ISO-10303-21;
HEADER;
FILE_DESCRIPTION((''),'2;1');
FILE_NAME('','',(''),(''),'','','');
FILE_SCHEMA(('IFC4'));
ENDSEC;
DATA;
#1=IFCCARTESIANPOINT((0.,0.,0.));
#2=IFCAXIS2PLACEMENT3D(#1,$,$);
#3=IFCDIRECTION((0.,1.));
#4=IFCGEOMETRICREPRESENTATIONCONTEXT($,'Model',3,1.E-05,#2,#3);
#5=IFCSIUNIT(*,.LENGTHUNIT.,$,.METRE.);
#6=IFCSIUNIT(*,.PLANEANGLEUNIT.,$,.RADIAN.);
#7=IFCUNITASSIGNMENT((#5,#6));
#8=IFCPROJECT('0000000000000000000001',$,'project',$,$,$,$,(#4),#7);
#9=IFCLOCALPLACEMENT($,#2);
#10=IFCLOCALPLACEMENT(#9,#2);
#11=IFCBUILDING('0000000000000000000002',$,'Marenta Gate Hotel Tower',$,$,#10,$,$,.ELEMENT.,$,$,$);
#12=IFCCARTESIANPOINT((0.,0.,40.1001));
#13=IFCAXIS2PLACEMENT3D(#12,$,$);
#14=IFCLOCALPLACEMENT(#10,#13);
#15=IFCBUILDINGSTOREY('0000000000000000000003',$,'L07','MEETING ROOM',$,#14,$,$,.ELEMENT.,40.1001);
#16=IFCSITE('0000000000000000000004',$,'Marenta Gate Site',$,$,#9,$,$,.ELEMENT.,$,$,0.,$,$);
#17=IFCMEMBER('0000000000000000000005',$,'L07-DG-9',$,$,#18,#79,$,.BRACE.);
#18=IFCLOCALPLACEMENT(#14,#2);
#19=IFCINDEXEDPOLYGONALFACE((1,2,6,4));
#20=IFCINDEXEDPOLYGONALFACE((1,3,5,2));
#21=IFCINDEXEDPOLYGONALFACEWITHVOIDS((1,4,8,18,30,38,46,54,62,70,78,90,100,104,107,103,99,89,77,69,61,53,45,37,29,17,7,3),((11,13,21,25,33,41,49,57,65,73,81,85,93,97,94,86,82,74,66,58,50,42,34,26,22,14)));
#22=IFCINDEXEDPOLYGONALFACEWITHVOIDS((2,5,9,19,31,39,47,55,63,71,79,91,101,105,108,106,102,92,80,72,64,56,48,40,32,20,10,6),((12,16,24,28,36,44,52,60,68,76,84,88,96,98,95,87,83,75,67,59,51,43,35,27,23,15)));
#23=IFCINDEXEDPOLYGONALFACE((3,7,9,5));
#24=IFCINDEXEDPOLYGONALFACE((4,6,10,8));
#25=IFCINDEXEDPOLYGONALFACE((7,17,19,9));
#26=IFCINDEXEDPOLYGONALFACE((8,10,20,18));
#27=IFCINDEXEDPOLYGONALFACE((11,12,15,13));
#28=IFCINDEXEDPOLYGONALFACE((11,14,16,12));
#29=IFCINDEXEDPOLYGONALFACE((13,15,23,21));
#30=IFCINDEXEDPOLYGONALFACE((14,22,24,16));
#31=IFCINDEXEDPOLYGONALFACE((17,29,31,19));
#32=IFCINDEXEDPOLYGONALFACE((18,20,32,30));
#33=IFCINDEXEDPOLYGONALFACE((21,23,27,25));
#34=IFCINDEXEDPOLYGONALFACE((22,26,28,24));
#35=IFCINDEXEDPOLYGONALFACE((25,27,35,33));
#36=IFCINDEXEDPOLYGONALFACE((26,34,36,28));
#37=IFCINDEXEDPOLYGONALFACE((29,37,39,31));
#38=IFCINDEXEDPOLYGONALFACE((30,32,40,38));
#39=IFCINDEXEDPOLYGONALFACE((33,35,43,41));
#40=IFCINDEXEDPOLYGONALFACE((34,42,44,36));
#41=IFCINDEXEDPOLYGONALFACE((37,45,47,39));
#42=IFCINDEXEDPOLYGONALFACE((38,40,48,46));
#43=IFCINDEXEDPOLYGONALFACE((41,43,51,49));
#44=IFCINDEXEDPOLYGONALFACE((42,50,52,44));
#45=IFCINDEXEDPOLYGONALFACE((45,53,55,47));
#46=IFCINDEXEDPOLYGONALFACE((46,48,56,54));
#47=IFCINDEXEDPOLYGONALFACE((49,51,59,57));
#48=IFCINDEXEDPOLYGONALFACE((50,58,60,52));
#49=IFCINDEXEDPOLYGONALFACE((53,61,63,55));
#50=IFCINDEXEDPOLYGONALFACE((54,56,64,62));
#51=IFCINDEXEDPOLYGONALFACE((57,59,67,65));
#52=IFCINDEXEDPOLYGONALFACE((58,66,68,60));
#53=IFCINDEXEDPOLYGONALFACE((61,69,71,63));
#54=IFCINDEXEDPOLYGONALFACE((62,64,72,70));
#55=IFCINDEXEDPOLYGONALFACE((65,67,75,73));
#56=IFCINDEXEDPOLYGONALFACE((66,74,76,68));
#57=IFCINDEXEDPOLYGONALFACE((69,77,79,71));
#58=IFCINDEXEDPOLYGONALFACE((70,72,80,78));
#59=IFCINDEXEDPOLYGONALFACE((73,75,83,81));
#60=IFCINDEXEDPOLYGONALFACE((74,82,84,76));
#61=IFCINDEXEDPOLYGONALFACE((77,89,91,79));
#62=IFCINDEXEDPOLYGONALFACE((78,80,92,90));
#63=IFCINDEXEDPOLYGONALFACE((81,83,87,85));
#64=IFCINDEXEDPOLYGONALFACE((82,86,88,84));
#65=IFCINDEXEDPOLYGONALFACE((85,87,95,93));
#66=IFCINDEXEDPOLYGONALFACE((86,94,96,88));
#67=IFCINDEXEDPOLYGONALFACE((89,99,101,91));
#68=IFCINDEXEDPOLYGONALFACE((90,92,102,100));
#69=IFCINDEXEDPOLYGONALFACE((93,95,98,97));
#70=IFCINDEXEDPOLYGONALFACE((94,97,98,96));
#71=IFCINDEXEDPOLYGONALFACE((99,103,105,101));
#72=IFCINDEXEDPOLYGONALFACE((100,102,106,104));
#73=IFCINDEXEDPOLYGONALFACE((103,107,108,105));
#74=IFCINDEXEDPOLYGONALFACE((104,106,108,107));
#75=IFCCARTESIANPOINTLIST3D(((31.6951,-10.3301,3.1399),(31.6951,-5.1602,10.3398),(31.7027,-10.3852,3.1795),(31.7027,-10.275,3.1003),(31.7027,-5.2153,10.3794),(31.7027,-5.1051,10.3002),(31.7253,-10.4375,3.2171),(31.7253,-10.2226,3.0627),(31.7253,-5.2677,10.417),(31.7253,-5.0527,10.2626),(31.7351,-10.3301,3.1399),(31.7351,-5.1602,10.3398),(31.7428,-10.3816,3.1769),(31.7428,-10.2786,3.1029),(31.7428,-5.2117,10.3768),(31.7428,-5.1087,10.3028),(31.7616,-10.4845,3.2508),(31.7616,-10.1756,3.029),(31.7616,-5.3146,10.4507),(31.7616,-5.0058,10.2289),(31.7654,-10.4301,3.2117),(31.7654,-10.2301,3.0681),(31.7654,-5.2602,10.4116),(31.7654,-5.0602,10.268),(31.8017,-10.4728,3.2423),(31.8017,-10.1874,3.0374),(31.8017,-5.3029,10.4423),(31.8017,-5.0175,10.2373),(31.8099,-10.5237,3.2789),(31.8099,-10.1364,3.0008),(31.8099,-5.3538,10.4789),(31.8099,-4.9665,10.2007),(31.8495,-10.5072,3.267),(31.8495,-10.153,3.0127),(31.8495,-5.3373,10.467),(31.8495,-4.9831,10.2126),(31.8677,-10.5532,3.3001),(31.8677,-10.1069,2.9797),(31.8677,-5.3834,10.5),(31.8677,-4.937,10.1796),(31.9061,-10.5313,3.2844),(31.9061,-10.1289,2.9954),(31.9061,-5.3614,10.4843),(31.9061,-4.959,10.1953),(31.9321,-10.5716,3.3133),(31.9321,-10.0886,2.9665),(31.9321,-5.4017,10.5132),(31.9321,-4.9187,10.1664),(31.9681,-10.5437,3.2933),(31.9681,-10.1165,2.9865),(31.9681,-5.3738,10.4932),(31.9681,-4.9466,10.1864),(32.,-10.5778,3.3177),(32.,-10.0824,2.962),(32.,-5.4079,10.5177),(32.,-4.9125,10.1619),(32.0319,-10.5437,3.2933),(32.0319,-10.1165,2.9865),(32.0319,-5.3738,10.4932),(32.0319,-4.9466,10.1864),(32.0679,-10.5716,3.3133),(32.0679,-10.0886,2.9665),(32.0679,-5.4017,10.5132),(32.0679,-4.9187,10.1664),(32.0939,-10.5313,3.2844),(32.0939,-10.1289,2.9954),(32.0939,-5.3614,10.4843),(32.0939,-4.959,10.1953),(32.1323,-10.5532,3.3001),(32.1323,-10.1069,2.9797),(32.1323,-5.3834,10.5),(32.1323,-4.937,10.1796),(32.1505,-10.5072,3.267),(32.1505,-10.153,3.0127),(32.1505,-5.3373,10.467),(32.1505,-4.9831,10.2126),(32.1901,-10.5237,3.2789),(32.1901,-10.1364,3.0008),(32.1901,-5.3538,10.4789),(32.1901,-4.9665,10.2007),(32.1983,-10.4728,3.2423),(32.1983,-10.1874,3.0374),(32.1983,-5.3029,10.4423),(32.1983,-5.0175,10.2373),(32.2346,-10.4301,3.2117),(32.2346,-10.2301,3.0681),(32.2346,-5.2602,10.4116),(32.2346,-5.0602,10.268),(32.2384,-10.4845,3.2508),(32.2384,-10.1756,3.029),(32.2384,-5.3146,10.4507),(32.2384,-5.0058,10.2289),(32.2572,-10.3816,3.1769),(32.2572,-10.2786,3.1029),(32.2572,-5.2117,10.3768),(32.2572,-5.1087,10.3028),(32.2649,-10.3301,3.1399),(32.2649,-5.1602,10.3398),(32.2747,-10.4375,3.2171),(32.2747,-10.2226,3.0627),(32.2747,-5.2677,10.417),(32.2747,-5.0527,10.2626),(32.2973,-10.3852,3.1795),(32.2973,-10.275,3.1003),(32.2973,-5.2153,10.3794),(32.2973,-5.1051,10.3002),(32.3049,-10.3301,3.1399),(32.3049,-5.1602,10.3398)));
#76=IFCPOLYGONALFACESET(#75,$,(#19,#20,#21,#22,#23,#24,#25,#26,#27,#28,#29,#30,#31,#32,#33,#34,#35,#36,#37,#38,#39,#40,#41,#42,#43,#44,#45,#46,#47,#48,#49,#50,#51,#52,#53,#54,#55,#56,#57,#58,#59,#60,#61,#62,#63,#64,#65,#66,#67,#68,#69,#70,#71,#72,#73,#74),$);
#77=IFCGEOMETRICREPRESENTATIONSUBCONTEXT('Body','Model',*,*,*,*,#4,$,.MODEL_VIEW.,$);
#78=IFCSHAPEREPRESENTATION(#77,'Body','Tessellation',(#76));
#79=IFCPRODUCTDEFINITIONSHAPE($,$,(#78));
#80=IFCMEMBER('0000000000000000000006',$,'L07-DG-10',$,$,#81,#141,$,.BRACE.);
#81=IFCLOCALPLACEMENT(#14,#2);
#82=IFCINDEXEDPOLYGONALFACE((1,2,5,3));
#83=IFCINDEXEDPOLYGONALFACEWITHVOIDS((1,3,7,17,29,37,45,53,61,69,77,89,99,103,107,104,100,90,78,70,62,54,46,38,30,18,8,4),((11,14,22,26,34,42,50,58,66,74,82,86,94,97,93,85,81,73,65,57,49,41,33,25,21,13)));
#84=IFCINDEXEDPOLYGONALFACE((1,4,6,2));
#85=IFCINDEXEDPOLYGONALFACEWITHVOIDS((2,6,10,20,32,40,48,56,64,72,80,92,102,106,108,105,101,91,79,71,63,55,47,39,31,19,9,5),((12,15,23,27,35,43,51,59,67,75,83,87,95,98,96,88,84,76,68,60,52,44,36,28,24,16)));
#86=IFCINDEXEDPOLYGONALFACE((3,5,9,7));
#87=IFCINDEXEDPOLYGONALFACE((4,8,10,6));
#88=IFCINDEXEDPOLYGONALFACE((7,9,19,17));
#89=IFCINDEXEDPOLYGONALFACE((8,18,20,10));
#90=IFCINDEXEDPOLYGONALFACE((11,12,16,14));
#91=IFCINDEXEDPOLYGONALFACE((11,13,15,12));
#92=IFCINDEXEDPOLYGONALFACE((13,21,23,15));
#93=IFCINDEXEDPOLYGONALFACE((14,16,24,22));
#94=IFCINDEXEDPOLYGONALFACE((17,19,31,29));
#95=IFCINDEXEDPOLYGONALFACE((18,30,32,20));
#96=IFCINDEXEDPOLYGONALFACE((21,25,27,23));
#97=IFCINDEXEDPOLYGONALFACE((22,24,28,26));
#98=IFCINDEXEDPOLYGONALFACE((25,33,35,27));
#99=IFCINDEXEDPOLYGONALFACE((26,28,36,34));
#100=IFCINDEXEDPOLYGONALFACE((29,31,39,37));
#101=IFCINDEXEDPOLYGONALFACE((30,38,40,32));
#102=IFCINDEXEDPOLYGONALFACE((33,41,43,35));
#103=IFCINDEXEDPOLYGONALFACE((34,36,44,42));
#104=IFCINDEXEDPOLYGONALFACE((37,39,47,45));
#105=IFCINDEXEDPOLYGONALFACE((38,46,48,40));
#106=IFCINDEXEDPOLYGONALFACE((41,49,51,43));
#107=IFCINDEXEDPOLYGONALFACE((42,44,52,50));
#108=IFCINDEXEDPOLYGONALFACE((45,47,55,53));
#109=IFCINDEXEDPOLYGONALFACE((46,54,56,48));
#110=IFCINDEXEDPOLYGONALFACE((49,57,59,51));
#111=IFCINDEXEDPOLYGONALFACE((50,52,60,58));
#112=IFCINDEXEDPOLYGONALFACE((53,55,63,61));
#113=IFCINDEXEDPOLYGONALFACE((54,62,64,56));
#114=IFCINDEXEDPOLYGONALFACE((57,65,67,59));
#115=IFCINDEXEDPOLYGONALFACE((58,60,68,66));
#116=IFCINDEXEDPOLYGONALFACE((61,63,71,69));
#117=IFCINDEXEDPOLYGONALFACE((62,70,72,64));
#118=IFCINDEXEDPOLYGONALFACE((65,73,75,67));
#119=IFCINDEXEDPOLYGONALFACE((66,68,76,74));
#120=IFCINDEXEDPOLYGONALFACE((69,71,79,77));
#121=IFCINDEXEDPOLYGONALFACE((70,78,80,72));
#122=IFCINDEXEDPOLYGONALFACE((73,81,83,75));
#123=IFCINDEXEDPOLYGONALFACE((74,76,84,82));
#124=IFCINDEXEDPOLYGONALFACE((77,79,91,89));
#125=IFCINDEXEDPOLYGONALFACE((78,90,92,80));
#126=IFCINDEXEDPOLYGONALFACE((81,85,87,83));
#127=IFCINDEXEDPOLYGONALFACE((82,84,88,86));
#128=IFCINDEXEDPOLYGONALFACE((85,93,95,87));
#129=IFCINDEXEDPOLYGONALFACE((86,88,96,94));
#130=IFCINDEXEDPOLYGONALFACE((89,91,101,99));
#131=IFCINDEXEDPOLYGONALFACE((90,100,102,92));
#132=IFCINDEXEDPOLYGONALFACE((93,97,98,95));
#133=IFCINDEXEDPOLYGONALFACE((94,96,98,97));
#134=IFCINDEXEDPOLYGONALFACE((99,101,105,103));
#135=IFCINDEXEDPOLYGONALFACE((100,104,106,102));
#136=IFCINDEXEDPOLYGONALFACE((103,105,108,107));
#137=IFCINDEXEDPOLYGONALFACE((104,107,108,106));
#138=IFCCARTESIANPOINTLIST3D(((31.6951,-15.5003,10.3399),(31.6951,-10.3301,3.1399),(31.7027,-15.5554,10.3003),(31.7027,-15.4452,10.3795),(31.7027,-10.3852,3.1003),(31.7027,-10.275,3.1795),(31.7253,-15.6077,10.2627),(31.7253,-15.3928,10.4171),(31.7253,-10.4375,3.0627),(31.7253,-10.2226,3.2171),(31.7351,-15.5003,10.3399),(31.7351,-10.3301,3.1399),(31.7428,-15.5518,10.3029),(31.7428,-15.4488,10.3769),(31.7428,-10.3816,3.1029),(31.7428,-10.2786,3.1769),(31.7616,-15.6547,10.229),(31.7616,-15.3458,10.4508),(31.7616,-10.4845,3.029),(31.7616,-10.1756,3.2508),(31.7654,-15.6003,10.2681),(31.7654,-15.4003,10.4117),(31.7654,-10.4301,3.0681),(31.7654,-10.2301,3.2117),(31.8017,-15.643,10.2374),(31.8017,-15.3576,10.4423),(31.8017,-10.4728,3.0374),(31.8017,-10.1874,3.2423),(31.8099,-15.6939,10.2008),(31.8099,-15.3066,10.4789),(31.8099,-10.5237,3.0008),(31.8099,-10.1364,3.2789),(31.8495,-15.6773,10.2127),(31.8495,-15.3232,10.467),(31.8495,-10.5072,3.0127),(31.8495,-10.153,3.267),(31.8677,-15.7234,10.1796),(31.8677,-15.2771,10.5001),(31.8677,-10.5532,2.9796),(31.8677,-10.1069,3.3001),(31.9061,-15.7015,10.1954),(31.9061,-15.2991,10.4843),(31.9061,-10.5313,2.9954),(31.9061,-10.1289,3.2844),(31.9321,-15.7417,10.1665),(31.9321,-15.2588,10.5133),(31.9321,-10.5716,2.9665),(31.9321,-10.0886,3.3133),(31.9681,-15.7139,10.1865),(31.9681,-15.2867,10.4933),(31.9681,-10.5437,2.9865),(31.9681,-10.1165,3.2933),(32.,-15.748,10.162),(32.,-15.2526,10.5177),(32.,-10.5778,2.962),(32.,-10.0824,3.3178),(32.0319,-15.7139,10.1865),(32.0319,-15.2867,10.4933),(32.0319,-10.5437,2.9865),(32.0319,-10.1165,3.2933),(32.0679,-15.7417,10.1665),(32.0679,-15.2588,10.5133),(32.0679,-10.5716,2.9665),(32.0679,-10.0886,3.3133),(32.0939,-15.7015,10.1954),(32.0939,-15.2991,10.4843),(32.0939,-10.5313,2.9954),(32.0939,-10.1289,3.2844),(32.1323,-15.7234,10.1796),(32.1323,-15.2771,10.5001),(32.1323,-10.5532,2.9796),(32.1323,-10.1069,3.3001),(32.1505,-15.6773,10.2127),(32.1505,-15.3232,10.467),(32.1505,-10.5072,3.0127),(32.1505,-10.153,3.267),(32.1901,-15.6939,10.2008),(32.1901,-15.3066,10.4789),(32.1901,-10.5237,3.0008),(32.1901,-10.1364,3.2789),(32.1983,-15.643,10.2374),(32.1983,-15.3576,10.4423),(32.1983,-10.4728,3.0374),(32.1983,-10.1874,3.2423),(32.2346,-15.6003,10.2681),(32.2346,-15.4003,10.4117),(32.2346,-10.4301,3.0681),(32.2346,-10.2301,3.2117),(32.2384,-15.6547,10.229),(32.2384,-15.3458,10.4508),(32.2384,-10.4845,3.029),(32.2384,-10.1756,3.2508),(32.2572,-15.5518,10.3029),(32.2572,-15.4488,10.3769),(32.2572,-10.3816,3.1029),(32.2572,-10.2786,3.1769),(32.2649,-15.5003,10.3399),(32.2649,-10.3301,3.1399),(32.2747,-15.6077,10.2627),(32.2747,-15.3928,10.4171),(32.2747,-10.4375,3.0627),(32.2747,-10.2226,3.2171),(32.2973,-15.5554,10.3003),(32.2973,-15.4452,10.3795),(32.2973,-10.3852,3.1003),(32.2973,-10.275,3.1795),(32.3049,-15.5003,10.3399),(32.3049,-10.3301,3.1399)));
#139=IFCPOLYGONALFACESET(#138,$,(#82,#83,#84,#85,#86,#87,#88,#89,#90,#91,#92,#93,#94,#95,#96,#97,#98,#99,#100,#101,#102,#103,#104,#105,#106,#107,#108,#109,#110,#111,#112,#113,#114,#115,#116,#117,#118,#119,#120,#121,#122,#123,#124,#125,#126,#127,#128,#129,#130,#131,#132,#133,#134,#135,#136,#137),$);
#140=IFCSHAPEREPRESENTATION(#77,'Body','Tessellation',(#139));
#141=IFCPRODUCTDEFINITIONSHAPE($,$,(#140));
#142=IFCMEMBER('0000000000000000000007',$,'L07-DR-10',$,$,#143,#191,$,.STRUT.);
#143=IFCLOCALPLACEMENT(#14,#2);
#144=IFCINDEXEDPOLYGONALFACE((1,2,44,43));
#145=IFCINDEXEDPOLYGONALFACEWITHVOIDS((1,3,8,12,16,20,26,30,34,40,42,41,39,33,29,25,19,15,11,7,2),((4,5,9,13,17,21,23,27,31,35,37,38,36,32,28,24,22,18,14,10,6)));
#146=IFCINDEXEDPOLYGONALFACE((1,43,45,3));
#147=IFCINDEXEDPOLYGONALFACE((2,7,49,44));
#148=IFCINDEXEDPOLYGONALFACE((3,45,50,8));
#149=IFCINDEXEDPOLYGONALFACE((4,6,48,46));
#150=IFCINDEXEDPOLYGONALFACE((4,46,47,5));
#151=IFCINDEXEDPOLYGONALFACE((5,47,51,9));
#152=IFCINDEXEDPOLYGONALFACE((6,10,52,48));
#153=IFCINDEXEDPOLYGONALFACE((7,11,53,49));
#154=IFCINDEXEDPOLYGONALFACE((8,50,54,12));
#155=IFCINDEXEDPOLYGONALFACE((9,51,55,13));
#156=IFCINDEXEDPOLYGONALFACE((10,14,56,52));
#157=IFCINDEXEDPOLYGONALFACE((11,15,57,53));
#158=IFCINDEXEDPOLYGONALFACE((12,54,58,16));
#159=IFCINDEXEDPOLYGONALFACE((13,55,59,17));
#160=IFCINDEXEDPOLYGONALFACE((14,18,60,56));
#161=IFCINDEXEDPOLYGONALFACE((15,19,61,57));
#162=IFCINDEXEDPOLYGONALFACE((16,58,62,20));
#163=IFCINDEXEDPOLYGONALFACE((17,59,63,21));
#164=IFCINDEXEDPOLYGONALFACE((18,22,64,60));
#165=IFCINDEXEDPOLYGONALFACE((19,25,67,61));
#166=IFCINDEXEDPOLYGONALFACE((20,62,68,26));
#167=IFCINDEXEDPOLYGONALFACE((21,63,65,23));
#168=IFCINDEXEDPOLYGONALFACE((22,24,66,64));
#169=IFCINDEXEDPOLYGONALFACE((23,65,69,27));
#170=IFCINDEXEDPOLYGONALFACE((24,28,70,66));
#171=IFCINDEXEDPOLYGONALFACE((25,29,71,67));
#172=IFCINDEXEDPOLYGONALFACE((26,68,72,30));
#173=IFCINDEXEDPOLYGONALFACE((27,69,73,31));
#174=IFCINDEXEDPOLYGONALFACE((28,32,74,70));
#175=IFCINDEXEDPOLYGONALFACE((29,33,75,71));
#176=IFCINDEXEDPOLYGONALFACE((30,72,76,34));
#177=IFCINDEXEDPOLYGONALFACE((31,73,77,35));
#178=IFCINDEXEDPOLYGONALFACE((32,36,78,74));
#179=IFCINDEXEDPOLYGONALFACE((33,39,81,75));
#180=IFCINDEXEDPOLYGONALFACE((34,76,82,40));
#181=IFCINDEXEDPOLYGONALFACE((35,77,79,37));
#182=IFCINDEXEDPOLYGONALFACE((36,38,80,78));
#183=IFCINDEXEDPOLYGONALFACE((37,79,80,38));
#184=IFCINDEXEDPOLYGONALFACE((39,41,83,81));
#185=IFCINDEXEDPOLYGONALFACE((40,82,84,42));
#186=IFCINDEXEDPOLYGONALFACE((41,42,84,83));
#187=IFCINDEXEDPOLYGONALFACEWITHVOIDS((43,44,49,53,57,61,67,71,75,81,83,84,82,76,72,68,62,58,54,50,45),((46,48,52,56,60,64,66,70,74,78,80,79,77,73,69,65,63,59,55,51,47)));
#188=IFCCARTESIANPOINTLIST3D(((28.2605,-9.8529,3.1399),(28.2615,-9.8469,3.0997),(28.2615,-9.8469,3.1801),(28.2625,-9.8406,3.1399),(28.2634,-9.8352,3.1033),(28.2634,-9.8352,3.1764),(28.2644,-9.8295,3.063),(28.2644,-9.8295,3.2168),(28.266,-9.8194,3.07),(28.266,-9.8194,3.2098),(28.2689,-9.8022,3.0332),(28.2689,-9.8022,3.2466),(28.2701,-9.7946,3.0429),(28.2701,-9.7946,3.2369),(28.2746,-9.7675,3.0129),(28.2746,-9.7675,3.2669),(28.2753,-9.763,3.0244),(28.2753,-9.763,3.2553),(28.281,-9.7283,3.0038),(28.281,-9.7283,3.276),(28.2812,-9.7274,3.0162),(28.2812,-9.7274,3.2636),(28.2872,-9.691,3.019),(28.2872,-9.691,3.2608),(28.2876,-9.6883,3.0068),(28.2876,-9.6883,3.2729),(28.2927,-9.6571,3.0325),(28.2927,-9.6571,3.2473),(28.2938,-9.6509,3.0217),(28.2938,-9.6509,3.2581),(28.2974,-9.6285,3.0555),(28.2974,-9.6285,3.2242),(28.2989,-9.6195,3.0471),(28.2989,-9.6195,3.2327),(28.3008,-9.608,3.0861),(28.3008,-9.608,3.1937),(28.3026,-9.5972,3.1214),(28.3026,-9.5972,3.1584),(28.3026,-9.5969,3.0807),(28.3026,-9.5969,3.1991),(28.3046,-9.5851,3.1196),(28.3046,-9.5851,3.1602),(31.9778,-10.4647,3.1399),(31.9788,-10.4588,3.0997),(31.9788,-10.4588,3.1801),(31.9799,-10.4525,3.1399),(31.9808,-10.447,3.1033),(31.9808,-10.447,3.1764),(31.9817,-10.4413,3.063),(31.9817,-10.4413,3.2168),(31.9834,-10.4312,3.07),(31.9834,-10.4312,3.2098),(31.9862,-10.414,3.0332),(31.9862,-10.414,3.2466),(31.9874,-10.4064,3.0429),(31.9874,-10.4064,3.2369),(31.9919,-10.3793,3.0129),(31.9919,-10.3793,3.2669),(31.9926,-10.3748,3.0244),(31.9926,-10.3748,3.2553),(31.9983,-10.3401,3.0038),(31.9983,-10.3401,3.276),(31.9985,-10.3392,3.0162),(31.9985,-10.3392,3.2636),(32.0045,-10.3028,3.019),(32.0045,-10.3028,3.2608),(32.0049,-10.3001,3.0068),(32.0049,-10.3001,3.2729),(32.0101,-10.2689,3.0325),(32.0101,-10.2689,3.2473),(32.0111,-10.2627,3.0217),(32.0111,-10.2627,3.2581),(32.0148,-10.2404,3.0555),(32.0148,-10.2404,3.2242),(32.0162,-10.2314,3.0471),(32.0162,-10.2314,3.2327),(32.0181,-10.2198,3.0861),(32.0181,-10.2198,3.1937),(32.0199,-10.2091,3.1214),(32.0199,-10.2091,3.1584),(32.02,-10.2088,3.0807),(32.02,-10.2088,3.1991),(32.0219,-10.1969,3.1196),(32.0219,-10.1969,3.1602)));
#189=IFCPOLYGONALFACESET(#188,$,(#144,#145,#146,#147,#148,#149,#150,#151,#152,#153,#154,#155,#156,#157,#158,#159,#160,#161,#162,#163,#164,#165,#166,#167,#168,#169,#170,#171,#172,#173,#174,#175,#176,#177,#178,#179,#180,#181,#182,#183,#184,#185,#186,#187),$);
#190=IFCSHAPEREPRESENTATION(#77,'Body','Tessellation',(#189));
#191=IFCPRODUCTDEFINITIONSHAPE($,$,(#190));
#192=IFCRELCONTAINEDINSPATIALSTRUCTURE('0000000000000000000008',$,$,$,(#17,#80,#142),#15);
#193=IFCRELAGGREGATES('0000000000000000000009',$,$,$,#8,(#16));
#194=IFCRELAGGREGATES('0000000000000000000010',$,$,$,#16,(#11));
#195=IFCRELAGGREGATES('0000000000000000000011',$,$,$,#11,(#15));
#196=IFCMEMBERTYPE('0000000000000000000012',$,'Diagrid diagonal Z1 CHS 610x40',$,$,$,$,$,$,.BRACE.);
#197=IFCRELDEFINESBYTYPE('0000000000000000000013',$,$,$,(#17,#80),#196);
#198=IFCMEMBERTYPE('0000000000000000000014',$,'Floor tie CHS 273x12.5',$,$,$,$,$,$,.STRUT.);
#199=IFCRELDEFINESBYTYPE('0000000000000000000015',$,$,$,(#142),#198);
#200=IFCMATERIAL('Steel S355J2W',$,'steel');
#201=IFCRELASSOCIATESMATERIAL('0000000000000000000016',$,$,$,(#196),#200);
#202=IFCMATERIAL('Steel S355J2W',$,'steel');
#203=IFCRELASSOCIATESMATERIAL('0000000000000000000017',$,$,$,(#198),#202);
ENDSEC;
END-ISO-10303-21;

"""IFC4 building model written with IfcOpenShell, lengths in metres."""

from ifc_helpers import new_model, si_unit, direction, frame, origin, origin_2d, place, context, subcontext, project, spatial, hollow_circle, extrude, material, material_profile, profile_set, type_object, element, save


model = new_model("IFC4")

# Units and contexts
model_context = context("Model", 3, precision=1e-05, world=origin(), true_north=direction((0.0, 1.0)))
body_context = subcontext(model_context, "Body", "Model", "MODEL_VIEW")
ifc_project = project(units=[si_unit("LENGTHUNIT", "METRE"), si_unit("PLANEANGLEUNIT", "RADIAN")], contexts=[model_context])

# Site, building, storey
site_placement = place(None, origin())
site = spatial("IfcSite", under=ifc_project, at=site_placement, Name="Marenta Gate Site", CompositionType="ELEMENT", RefElevation=0.0)
building_placement = place(site_placement, origin())
building = spatial("IfcBuilding", under=site, at=building_placement, Name="Marenta Gate Hotel Tower", CompositionType="ELEMENT")
storey_placement = place(building_placement, frame((0.0, 0.0, 40.1001)))
storey = spatial("IfcBuildingStorey", under=building, at=storey_placement, Name="L07", Description="MEETING ROOM", CompositionType="ELEMENT", Elevation=40.1001)

# Members
ifc_material_1 = material(Name="Steel S355J2W", Category="steel")
ifc_material_profile_1 = material_profile(ifc_material_1, hollow_circle(Radius=0.3049, WallThickness=0.04, at=origin_2d()), Name="CHS 610x40")
ifc_profile_set_1 = profile_set([ifc_material_profile_1], Name="Steel S355J2W")
member_type_1 = type_object("IfcMemberType", Name="Diagrid diagonal Z1 CHS 610x40", PredefinedType="BRACE", material=ifc_profile_set_1)
member_1_placement = place(storey_placement, frame((32.0, -10.3301, 3.1399), z_axis=(0.0, 0.583261, 0.812285), x_axis=(-1.0, 0.0, 0.0)))
element("IfcMember", 1, at=member_1_placement, inside=storey, type_object=member_type_1, Name="L07-DG-9", PredefinedType="BRACE", context=body_context, shape_type="SweptSolid", body=[
    extrude(hollow_circle(Radius=0.3049, WallThickness=0.04, at=origin_2d()), origin(), (0.0, 0.0, 1.0), 8.8638),
])
member_2_placement = place(storey_placement, frame((32.0, -10.3301, 3.1399), z_axis=(0.0, -0.583279, 0.812272), x_axis=(1.0, 0.0, 0.0)))
element("IfcMember", 2, at=member_2_placement, inside=storey, type_object=member_type_1, Name="L07-DG-10", PredefinedType="BRACE", context=body_context, shape_type="SweptSolid", body=[
    extrude(hollow_circle(Radius=0.3049, WallThickness=0.04, at=origin_2d()), origin(), (0.0, 0.0, 1.0), 8.864),
])
ifc_material_2 = material(Name="Steel S355J2W", Category="steel")
ifc_material_profile_2 = material_profile(ifc_material_2, hollow_circle(Radius=0.1365, WallThickness=0.0125, at=origin_2d()), Name="CHS 273x12.5")
ifc_profile_set_2 = profile_set([ifc_material_profile_2], Name="Steel S355J2W")
member_type_2 = type_object("IfcMemberType", Name="Floor tie CHS 273x12.5", PredefinedType="STRUT", material=ifc_profile_set_2)
member_3_placement = place(storey_placement, frame((32.0, -10.3301, 3.1399), z_axis=(-0.986725, 0.162402, 0.0), x_axis=(-0.162402, -0.986725, 0.0)))
element("IfcMember", 3, at=member_3_placement, inside=storey, type_object=member_type_2, Name="L07-DR-10", PredefinedType="STRUT", context=body_context, shape_type="SweptSolid", body=[
    extrude(hollow_circle(Radius=0.1365, WallThickness=0.0125, at=origin_2d()), origin(), (0.0, 0.0, 1.0), 3.7673),
])

save(model, "model.ifc")
